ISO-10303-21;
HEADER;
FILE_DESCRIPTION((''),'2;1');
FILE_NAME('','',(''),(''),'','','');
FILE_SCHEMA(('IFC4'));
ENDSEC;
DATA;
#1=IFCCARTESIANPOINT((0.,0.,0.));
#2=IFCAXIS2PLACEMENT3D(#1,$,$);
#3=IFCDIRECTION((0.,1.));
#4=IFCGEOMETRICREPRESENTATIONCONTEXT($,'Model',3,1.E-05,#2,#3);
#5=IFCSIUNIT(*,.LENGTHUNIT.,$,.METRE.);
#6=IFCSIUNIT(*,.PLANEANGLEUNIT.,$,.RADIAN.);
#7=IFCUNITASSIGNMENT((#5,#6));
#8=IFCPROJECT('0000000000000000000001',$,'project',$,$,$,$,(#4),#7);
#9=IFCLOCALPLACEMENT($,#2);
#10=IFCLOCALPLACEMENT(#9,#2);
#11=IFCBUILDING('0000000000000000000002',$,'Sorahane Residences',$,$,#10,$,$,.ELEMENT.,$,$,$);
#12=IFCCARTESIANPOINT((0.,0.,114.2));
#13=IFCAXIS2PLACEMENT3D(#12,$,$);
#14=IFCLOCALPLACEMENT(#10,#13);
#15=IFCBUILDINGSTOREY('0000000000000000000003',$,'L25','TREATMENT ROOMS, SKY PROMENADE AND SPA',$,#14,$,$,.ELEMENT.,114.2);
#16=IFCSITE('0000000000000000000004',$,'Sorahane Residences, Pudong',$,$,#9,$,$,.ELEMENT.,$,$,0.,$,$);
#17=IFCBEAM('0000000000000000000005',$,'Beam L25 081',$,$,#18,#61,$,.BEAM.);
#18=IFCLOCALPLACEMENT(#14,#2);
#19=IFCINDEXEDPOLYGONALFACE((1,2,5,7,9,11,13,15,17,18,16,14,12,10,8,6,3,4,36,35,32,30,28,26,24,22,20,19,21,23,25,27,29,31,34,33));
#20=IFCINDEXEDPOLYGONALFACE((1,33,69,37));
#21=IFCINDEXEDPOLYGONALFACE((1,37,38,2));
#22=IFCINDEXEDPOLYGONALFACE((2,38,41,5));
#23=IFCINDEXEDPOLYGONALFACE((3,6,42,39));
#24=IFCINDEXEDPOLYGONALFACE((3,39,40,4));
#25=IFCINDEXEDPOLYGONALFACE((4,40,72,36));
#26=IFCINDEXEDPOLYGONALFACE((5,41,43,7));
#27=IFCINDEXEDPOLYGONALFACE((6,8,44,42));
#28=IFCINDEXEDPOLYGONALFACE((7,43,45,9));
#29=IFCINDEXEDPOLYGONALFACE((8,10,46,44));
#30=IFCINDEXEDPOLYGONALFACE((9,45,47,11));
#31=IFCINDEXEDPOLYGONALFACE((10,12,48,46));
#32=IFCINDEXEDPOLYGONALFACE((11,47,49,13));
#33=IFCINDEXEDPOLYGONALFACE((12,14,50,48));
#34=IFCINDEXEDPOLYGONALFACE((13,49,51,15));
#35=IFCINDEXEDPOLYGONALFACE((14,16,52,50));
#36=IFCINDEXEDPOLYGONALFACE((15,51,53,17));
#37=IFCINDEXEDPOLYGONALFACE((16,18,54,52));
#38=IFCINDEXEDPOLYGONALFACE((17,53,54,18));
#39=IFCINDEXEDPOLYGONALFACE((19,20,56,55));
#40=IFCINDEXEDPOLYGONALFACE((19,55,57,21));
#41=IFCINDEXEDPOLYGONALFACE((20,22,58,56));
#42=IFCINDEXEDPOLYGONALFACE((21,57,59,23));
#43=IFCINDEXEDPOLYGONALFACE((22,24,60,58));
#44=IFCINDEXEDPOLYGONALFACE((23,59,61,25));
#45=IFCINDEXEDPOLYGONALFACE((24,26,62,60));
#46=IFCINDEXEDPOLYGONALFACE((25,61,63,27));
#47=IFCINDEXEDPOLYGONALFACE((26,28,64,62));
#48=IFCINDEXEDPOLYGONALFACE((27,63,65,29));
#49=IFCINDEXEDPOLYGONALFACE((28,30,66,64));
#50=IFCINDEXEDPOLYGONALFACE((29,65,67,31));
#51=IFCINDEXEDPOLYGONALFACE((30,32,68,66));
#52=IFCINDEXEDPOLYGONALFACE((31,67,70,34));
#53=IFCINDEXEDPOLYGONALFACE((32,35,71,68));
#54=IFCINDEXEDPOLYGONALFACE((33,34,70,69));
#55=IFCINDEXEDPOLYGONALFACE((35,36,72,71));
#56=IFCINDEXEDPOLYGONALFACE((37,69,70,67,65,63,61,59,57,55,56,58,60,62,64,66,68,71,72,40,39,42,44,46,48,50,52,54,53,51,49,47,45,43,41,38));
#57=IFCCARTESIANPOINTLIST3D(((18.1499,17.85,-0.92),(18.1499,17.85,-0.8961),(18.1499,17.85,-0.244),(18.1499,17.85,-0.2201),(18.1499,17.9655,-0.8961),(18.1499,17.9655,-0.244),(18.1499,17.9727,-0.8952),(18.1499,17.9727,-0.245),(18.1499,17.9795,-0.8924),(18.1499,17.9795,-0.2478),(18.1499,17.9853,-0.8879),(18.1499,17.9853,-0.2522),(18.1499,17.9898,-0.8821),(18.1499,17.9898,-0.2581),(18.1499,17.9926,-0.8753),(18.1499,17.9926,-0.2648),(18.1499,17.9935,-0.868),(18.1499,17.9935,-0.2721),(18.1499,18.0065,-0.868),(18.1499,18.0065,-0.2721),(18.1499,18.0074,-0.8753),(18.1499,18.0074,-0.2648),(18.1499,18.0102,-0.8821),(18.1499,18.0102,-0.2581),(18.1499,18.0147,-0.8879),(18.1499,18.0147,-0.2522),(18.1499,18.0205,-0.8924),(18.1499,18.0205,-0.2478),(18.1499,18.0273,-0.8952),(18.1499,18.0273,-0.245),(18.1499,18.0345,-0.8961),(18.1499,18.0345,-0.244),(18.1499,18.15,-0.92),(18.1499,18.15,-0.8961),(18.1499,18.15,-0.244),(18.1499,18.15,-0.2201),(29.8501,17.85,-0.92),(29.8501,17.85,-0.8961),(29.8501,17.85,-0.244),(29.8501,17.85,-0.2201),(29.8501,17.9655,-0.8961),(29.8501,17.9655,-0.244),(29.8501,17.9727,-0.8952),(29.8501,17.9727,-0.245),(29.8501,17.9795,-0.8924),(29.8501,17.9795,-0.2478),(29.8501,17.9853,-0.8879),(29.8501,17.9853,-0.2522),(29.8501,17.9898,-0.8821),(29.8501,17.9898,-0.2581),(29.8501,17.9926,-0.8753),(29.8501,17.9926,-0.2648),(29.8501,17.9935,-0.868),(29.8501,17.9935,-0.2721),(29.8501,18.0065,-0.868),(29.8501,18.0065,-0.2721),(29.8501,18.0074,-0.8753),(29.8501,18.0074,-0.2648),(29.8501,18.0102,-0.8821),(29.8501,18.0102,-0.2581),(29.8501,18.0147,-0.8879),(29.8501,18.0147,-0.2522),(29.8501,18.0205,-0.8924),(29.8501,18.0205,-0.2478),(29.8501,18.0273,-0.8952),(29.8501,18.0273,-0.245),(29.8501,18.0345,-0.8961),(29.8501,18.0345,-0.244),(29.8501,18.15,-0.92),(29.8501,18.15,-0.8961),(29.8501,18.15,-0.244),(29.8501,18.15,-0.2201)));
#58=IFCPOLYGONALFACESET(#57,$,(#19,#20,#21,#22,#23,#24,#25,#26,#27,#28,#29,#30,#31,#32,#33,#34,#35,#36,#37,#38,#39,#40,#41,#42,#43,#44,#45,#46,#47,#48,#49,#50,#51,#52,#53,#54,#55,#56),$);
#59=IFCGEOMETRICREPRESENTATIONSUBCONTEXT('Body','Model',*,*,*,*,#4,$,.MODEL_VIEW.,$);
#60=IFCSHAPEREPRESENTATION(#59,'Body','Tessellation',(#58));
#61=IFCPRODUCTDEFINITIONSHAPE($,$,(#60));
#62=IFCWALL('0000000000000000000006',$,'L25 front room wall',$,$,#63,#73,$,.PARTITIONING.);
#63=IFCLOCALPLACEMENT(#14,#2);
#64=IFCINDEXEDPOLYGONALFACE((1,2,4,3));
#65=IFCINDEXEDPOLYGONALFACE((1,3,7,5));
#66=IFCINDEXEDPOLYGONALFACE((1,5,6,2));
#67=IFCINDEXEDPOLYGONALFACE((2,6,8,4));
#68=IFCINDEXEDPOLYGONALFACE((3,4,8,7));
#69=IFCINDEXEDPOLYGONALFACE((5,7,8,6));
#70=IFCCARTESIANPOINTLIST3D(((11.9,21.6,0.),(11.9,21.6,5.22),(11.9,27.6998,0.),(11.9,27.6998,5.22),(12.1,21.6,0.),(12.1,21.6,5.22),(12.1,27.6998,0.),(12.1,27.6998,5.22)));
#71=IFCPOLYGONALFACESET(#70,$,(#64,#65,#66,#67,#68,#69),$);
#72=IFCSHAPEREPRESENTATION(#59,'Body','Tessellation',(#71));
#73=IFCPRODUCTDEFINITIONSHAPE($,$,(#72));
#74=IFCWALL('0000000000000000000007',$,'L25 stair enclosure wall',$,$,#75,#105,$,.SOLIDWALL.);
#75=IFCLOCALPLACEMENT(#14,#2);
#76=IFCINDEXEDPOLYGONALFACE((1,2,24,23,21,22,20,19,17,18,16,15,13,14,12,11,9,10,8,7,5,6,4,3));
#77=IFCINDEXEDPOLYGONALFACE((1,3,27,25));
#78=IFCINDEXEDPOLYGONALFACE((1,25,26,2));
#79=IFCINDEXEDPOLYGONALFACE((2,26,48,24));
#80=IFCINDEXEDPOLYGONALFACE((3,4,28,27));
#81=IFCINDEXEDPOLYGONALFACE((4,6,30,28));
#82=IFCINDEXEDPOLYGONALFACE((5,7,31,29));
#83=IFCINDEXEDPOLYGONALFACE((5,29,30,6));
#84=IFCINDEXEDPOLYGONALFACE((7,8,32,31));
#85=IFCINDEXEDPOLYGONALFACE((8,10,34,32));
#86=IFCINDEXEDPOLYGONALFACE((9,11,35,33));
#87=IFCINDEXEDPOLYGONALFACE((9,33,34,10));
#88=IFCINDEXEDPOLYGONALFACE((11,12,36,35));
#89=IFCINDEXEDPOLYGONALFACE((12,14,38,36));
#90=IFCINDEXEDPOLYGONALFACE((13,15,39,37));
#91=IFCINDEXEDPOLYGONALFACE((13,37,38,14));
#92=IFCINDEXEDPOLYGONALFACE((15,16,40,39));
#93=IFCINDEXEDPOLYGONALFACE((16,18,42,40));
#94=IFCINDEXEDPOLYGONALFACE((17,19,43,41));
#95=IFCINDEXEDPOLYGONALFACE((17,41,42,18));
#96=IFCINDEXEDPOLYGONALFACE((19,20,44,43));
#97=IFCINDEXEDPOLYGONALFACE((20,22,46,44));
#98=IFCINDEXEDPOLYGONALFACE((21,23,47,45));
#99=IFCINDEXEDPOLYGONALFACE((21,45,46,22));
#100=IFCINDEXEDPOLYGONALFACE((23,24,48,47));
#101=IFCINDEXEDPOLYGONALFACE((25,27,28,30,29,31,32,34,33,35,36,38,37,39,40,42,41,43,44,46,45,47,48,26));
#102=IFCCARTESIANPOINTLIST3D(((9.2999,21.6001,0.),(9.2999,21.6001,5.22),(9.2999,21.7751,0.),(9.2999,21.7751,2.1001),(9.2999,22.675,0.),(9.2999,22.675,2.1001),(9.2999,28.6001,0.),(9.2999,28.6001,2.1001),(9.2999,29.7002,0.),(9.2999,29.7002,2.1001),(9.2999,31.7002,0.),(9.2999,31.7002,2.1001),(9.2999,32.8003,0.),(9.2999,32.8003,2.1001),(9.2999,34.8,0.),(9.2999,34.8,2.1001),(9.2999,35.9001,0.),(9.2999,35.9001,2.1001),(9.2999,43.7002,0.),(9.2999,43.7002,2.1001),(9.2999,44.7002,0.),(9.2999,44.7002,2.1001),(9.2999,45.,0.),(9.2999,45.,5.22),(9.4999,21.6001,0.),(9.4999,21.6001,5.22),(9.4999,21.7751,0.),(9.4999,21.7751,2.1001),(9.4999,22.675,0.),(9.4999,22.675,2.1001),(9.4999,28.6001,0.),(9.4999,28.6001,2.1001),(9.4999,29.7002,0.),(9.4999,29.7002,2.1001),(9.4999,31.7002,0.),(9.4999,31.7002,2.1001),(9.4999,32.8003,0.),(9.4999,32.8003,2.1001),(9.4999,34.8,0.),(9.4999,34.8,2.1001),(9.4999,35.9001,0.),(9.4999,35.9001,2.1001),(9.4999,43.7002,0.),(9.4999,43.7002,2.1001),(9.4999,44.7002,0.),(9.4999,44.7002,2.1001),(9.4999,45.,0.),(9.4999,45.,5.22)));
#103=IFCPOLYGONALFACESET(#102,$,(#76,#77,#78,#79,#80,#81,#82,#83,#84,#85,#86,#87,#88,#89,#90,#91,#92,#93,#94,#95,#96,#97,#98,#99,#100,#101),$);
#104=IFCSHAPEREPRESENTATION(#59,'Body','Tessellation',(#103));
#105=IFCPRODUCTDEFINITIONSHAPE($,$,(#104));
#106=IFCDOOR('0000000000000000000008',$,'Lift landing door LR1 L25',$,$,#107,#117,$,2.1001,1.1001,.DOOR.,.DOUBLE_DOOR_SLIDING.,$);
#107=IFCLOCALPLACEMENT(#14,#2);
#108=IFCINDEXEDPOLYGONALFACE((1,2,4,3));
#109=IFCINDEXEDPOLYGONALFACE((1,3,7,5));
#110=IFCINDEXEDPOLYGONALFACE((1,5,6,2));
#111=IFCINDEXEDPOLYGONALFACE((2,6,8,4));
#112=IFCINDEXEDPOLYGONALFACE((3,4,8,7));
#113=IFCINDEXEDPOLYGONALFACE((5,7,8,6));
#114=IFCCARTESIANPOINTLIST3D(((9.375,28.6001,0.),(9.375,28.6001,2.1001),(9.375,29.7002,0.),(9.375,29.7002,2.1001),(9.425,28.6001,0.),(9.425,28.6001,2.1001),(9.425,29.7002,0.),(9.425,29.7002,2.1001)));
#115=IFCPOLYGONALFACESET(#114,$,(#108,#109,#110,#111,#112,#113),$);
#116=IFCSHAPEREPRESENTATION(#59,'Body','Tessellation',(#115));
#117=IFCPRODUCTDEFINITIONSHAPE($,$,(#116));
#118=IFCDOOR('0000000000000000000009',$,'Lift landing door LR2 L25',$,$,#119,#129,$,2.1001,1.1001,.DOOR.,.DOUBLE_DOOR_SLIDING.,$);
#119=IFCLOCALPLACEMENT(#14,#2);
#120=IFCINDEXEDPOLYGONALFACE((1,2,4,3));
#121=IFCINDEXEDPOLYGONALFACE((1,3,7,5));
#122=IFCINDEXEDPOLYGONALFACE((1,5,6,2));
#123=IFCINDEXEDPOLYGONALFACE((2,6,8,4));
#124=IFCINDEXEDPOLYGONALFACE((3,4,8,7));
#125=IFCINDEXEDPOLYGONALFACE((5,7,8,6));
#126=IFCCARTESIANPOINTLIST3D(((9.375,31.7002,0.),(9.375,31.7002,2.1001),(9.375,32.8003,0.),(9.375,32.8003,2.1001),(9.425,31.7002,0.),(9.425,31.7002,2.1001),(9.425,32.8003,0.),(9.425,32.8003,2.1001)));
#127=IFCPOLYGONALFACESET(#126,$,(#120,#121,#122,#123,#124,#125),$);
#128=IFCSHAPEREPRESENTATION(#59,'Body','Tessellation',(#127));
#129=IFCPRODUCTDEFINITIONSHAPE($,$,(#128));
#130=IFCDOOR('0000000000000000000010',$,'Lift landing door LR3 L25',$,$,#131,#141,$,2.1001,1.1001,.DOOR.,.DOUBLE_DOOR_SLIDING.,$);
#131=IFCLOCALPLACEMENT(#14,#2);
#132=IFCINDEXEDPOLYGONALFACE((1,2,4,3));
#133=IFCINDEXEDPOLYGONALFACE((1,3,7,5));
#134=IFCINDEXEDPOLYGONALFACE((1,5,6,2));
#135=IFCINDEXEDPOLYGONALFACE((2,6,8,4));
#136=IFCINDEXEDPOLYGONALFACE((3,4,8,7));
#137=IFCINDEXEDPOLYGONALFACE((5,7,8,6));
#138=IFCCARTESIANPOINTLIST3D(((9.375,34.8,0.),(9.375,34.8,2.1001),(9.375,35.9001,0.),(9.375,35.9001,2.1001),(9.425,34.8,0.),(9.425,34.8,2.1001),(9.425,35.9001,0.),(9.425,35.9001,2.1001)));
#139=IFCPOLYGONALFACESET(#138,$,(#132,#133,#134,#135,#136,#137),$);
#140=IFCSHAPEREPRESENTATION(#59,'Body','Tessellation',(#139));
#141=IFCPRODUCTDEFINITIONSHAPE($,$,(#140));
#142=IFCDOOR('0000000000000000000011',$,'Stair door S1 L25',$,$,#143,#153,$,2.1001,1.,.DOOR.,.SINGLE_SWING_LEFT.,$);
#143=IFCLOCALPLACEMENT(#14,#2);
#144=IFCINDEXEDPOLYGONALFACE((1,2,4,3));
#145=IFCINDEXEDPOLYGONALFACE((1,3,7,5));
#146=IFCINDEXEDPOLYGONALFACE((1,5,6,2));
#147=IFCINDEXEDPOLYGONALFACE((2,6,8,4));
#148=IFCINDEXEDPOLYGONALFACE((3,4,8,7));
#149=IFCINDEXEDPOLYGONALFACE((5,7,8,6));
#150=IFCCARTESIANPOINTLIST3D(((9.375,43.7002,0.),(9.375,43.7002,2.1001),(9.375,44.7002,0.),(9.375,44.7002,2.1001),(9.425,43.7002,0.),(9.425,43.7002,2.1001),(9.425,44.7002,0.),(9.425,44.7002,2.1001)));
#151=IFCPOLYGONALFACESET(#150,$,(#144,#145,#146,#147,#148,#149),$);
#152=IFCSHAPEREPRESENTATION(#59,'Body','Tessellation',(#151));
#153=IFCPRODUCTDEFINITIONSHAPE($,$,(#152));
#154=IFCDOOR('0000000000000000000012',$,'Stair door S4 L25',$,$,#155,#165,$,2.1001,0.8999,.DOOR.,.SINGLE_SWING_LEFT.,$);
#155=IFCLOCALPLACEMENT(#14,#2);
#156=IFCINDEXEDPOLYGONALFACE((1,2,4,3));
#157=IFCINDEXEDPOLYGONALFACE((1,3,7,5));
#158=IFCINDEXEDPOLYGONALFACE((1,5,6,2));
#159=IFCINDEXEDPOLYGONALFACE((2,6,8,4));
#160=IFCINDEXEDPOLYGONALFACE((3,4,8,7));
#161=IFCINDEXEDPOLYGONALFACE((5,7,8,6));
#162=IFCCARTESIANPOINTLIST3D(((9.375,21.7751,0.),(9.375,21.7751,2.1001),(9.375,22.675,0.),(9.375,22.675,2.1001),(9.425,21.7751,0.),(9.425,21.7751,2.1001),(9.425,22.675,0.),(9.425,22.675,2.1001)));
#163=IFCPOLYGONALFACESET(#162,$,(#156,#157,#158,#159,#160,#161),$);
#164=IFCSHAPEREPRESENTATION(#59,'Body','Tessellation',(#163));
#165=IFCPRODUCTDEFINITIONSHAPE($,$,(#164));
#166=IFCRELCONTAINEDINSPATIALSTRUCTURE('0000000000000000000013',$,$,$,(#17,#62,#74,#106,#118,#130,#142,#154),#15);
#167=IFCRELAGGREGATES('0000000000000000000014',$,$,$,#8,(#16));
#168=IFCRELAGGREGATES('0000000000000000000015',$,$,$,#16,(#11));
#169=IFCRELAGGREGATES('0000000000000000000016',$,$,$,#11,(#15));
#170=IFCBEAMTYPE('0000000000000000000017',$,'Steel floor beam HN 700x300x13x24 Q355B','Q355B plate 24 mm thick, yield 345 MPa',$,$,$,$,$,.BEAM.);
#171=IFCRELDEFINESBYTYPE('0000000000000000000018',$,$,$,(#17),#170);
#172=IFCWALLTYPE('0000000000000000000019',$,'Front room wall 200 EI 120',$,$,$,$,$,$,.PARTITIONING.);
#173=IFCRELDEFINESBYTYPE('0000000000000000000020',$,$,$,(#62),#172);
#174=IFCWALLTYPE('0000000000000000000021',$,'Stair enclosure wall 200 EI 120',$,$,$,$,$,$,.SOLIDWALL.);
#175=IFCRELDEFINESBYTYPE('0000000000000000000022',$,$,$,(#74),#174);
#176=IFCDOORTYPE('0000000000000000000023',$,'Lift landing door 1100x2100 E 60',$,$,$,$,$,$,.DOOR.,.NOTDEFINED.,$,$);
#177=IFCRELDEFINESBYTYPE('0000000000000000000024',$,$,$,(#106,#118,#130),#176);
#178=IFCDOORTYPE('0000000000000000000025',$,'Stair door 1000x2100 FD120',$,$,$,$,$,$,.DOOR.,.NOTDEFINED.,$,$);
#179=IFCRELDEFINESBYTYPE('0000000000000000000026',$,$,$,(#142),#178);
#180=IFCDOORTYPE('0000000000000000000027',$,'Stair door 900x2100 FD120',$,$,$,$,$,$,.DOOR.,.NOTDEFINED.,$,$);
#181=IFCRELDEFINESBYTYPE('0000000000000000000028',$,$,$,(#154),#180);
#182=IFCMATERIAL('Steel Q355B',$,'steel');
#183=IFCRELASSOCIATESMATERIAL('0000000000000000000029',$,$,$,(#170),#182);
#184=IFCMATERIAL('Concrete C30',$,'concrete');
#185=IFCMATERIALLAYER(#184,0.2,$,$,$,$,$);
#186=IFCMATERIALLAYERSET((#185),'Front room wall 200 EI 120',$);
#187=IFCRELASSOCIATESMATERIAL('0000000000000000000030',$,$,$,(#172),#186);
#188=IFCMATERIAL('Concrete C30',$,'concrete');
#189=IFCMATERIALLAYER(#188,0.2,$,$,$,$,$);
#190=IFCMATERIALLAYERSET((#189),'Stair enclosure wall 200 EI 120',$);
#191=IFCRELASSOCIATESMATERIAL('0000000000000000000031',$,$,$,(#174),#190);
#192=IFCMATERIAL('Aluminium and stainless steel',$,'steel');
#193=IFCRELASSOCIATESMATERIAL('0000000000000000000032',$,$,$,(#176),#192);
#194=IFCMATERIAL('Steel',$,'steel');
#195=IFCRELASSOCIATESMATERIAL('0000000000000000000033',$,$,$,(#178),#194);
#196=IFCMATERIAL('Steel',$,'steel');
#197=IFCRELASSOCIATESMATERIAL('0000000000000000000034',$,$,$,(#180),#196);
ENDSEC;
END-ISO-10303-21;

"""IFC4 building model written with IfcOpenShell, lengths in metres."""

from ifc_helpers import new_model, si_unit, direction, frame, frame_2d, origin, origin_2d, place, context, subcontext, project, spatial, rectangle, i_section, extrude, material, layer, layer_set, material_profile, profile_set, type_object, element, fill, save


model = new_model("IFC4")

# Units and contexts
model_context = context("Model", 3, precision=1e-05, world=origin(), true_north=direction((0.0, 1.0)))
body_context = subcontext(model_context, "Body", "Model", "MODEL_VIEW")
ifc_project = project(units=[si_unit("LENGTHUNIT", "METRE"), si_unit("PLANEANGLEUNIT", "RADIAN")], contexts=[model_context])

# Site, building, storey
site_placement = place(None, origin())
site = spatial("IfcSite", under=ifc_project, at=site_placement, Name="Sorahane Residences, Pudong", CompositionType="ELEMENT", RefElevation=0.0)
building_placement = place(site_placement, origin())
building = spatial("IfcBuilding", under=site, at=building_placement, Name="Sorahane Residences", CompositionType="ELEMENT")
storey_placement = place(building_placement, frame((0.0, 0.0, 114.2)))
storey = spatial("IfcBuildingStorey", under=building, at=storey_placement, Name="L25", Description="TREATMENT ROOMS, SKY PROMENADE AND SPA", CompositionType="ELEMENT", Elevation=114.2)

# Beam
ifc_material_1 = material(Name="Steel Q355B", Category="steel")
ifc_material_profile_1 = material_profile(ifc_material_1, i_section(OverallWidth=0.3, OverallDepth=0.7, WebThickness=0.0129, FlangeThickness=0.0239, FilletRadius=0.0281, at=origin_2d()), Name="HN 700x300x13x24")
ifc_profile_set_1 = profile_set([ifc_material_profile_1], Name="Steel Q355B")
beam_type_1 = type_object("IfcBeamType", Name="Steel floor beam HN 700x300x13x24 Q355B", Description="Q355B plate 24 mm thick, yield 345 MPa", PredefinedType="BEAM", material=ifc_profile_set_1)
beam_1_placement = place(storey_placement, frame((18.1499, 18.0, -0.5701), z_axis=(1.0, 0.0, 0.0), x_axis=(0.0, 1.0, 0.0)))
element("IfcBeam", 1, at=beam_1_placement, inside=storey, type_object=beam_type_1, Name="Beam L25 081", PredefinedType="BEAM", context=body_context, shape_type="SweptSolid", body=[
    extrude(i_section(OverallWidth=0.3, OverallDepth=0.7, WebThickness=0.0129, FlangeThickness=0.0239, FilletRadius=0.0281, at=origin_2d()), origin(), (0.0, 0.0, 1.0), 11.7002),
])

# Wall
ifc_material_2 = material(Name="Concrete C30", Category="concrete")
ifc_layer_1 = layer(ifc_material_2, 0.2)
ifc_layer_set_1 = layer_set([ifc_layer_1], Name="Front room wall 200 EI 120")
wall_type_1 = type_object("IfcWallType", Name="Front room wall 200 EI 120", PredefinedType="PARTITIONING", material=ifc_layer_set_1)
wall_1_placement = place(storey_placement, frame((12.0, 21.6001, 0.0), z_axis=(0.0, 0.0, 1.0), x_axis=(0.0, 1.0, 0.0)))
element("IfcWall", 2, at=wall_1_placement, inside=storey, type_object=wall_type_1, Name="L25 front room wall", PredefinedType="PARTITIONING", context=body_context, shape_type="SweptSolid", body=[
    extrude(rectangle(XDim=6.0999, YDim=0.2, at=frame_2d((3.0498, 0.0))), origin(), (0.0, 0.0, 1.0), 5.22),
])

# Wall, openings, doors
ifc_material_3 = material(Name="Concrete C30", Category="concrete")
ifc_layer_2 = layer(ifc_material_3, 0.2)
ifc_layer_set_2 = layer_set([ifc_layer_2], Name="Stair enclosure wall 200 EI 120")
wall_type_2 = type_object("IfcWallType", Name="Stair enclosure wall 200 EI 120", PredefinedType="SOLIDWALL", material=ifc_layer_set_2)
wall_2_placement = place(storey_placement, frame((9.3999, 21.6001, 0.0), z_axis=(0.0, 0.0, 1.0), x_axis=(0.0, 1.0, 0.0)))
wall_2 = element("IfcWall", 3, at=wall_2_placement, inside=storey, type_object=wall_type_2, Name="L25 stair enclosure wall", PredefinedType="SOLIDWALL", context=body_context, shape_type="SweptSolid", body=[
    extrude(rectangle(XDim=23.3999, YDim=0.2, at=frame_2d((11.7, 0.0))), origin(), (0.0, 0.0, 1.0), 5.22),
])
opening_1_placement = place(wall_2_placement, frame((7.0, 0.0, 0.0)))
opening_1 = element("IfcOpeningElement", 4, at=opening_1_placement, cuts=wall_2, PredefinedType="OPENING", context=body_context, shape_type="SweptSolid", body=[
    extrude(rectangle(XDim=1.1001, YDim=2.1001, at=frame_2d((0.55, 1.05))), frame((0.0, 0.1099, 0.0), z_axis=(0.0, -1.0, 0.0), x_axis=(1.0, 0.0, 0.0)), (0.0, 0.0, 1.0), 0.22),
])
opening_2_placement = place(wall_2_placement, frame((10.1001, 0.0, 0.0)))
opening_2 = element("IfcOpeningElement", 5, at=opening_2_placement, cuts=wall_2, PredefinedType="OPENING", context=body_context, shape_type="SweptSolid", body=[
    extrude(rectangle(XDim=1.1001, YDim=2.1001, at=frame_2d((0.55, 1.05))), frame((0.0, 0.1099, 0.0), z_axis=(0.0, -1.0, 0.0), x_axis=(1.0, 0.0, 0.0)), (0.0, 0.0, 1.0), 0.22),
])
opening_3_placement = place(wall_2_placement, frame((13.2, 0.0, 0.0)))
opening_3 = element("IfcOpeningElement", 6, at=opening_3_placement, cuts=wall_2, PredefinedType="OPENING", context=body_context, shape_type="SweptSolid", body=[
    extrude(rectangle(XDim=1.1001, YDim=2.1001, at=frame_2d((0.55, 1.05))), frame((0.0, 0.1099, 0.0), z_axis=(0.0, -1.0, 0.0), x_axis=(1.0, 0.0, 0.0)), (0.0, 0.0, 1.0), 0.22),
])
opening_4_placement = place(wall_2_placement, frame((22.1001, 0.0, 0.0)))
opening_4 = element("IfcOpeningElement", 7, at=opening_4_placement, cuts=wall_2, PredefinedType="OPENING", context=body_context, shape_type="SweptSolid", body=[
    extrude(rectangle(XDim=1.0, YDim=2.1001, at=frame_2d((0.5, 1.05))), frame((0.0, 0.1099, 0.0), z_axis=(0.0, -1.0, 0.0), x_axis=(1.0, 0.0, 0.0)), (0.0, 0.0, 1.0), 0.22),
])
opening_5_placement = place(wall_2_placement, frame((0.175, 0.0, 0.0)))
opening_5 = element("IfcOpeningElement", 8, at=opening_5_placement, cuts=wall_2, PredefinedType="OPENING", context=body_context, shape_type="SweptSolid", body=[
    extrude(rectangle(XDim=0.8999, YDim=2.1001, at=frame_2d((0.45, 1.05))), frame((0.0, 0.1099, 0.0), z_axis=(0.0, -1.0, 0.0), x_axis=(1.0, 0.0, 0.0)), (0.0, 0.0, 1.0), 0.22),
])
ifc_material_4 = material(Name="Aluminium and stainless steel", Category="steel")
door_type_1 = type_object("IfcDoorType", Name="Lift landing door 1100x2100 E 60", OperationType="NOTDEFINED", PredefinedType="DOOR", material=ifc_material_4)
door_1_placement = place(opening_1_placement, origin())
door_1 = element("IfcDoor", 9, at=door_1_placement, inside=storey, type_object=door_type_1, Name="Lift landing door LR1 L25", OperationType="DOUBLE_DOOR_SLIDING", OverallHeight=2.1001, OverallWidth=1.1001, PredefinedType="DOOR", context=body_context, shape_type="SweptSolid", body=[
    extrude(rectangle(XDim=1.1001, YDim=2.1001, at=frame_2d((0.55, 1.05))), frame((0.0, 0.0249, 0.0), z_axis=(0.0, -1.0, 0.0), x_axis=(1.0, 0.0, 0.0)), (0.0, 0.0, 1.0), 0.05),
])
fill(opening_1, door_1)
door_2_placement = place(opening_2_placement, origin())
door_2 = element("IfcDoor", 10, at=door_2_placement, inside=storey, type_object=door_type_1, Name="Lift landing door LR2 L25", OperationType="DOUBLE_DOOR_SLIDING", OverallHeight=2.1001, OverallWidth=1.1001, PredefinedType="DOOR", context=body_context, shape_type="SweptSolid", body=[
    extrude(rectangle(XDim=1.1001, YDim=2.1001, at=frame_2d((0.55, 1.05))), frame((0.0, 0.0249, 0.0), z_axis=(0.0, -1.0, 0.0), x_axis=(1.0, 0.0, 0.0)), (0.0, 0.0, 1.0), 0.05),
])
fill(opening_2, door_2)
door_3_placement = place(opening_3_placement, origin())
door_3 = element("IfcDoor", 11, at=door_3_placement, inside=storey, type_object=door_type_1, Name="Lift landing door LR3 L25", OperationType="DOUBLE_DOOR_SLIDING", OverallHeight=2.1001, OverallWidth=1.1001, PredefinedType="DOOR", context=body_context, shape_type="SweptSolid", body=[
    extrude(rectangle(XDim=1.1001, YDim=2.1001, at=frame_2d((0.55, 1.05))), frame((0.0, 0.0249, 0.0), z_axis=(0.0, -1.0, 0.0), x_axis=(1.0, 0.0, 0.0)), (0.0, 0.0, 1.0), 0.05),
])
fill(opening_3, door_3)
ifc_material_5 = material(Name="Steel", Category="steel")
door_type_2 = type_object("IfcDoorType", Name="Stair door 1000x2100 FD120", OperationType="NOTDEFINED", PredefinedType="DOOR", material=ifc_material_5)
door_4_placement = place(opening_4_placement, origin())
door_4 = element("IfcDoor", 12, at=door_4_placement, inside=storey, type_object=door_type_2, Name="Stair door S1 L25", OperationType="SINGLE_SWING_LEFT", OverallHeight=2.1001, OverallWidth=1.0, PredefinedType="DOOR", context=body_context, shape_type="SweptSolid", body=[
    extrude(rectangle(XDim=1.0, YDim=2.1001, at=frame_2d((0.5, 1.05))), frame((0.0, 0.0249, 0.0), z_axis=(0.0, -1.0, 0.0), x_axis=(1.0, 0.0, 0.0)), (0.0, 0.0, 1.0), 0.05),
])
fill(opening_4, door_4)
ifc_material_6 = material(Name="Steel", Category="steel")
door_type_3 = type_object("IfcDoorType", Name="Stair door 900x2100 FD120", OperationType="NOTDEFINED", PredefinedType="DOOR", material=ifc_material_6)
door_5_placement = place(opening_5_placement, origin())
door_5 = element("IfcDoor", 13, at=door_5_placement, inside=storey, type_object=door_type_3, Name="Stair door S4 L25", OperationType="SINGLE_SWING_LEFT", OverallHeight=2.1001, OverallWidth=0.8999, PredefinedType="DOOR", context=body_context, shape_type="SweptSolid", body=[
    extrude(rectangle(XDim=0.8999, YDim=2.1001, at=frame_2d((0.45, 1.05))), frame((0.0, 0.0249, 0.0), z_axis=(0.0, -1.0, 0.0), x_axis=(1.0, 0.0, 0.0)), (0.0, 0.0, 1.0), 0.05),
])
fill(opening_5, door_5)

save(model, "model.ifc")
